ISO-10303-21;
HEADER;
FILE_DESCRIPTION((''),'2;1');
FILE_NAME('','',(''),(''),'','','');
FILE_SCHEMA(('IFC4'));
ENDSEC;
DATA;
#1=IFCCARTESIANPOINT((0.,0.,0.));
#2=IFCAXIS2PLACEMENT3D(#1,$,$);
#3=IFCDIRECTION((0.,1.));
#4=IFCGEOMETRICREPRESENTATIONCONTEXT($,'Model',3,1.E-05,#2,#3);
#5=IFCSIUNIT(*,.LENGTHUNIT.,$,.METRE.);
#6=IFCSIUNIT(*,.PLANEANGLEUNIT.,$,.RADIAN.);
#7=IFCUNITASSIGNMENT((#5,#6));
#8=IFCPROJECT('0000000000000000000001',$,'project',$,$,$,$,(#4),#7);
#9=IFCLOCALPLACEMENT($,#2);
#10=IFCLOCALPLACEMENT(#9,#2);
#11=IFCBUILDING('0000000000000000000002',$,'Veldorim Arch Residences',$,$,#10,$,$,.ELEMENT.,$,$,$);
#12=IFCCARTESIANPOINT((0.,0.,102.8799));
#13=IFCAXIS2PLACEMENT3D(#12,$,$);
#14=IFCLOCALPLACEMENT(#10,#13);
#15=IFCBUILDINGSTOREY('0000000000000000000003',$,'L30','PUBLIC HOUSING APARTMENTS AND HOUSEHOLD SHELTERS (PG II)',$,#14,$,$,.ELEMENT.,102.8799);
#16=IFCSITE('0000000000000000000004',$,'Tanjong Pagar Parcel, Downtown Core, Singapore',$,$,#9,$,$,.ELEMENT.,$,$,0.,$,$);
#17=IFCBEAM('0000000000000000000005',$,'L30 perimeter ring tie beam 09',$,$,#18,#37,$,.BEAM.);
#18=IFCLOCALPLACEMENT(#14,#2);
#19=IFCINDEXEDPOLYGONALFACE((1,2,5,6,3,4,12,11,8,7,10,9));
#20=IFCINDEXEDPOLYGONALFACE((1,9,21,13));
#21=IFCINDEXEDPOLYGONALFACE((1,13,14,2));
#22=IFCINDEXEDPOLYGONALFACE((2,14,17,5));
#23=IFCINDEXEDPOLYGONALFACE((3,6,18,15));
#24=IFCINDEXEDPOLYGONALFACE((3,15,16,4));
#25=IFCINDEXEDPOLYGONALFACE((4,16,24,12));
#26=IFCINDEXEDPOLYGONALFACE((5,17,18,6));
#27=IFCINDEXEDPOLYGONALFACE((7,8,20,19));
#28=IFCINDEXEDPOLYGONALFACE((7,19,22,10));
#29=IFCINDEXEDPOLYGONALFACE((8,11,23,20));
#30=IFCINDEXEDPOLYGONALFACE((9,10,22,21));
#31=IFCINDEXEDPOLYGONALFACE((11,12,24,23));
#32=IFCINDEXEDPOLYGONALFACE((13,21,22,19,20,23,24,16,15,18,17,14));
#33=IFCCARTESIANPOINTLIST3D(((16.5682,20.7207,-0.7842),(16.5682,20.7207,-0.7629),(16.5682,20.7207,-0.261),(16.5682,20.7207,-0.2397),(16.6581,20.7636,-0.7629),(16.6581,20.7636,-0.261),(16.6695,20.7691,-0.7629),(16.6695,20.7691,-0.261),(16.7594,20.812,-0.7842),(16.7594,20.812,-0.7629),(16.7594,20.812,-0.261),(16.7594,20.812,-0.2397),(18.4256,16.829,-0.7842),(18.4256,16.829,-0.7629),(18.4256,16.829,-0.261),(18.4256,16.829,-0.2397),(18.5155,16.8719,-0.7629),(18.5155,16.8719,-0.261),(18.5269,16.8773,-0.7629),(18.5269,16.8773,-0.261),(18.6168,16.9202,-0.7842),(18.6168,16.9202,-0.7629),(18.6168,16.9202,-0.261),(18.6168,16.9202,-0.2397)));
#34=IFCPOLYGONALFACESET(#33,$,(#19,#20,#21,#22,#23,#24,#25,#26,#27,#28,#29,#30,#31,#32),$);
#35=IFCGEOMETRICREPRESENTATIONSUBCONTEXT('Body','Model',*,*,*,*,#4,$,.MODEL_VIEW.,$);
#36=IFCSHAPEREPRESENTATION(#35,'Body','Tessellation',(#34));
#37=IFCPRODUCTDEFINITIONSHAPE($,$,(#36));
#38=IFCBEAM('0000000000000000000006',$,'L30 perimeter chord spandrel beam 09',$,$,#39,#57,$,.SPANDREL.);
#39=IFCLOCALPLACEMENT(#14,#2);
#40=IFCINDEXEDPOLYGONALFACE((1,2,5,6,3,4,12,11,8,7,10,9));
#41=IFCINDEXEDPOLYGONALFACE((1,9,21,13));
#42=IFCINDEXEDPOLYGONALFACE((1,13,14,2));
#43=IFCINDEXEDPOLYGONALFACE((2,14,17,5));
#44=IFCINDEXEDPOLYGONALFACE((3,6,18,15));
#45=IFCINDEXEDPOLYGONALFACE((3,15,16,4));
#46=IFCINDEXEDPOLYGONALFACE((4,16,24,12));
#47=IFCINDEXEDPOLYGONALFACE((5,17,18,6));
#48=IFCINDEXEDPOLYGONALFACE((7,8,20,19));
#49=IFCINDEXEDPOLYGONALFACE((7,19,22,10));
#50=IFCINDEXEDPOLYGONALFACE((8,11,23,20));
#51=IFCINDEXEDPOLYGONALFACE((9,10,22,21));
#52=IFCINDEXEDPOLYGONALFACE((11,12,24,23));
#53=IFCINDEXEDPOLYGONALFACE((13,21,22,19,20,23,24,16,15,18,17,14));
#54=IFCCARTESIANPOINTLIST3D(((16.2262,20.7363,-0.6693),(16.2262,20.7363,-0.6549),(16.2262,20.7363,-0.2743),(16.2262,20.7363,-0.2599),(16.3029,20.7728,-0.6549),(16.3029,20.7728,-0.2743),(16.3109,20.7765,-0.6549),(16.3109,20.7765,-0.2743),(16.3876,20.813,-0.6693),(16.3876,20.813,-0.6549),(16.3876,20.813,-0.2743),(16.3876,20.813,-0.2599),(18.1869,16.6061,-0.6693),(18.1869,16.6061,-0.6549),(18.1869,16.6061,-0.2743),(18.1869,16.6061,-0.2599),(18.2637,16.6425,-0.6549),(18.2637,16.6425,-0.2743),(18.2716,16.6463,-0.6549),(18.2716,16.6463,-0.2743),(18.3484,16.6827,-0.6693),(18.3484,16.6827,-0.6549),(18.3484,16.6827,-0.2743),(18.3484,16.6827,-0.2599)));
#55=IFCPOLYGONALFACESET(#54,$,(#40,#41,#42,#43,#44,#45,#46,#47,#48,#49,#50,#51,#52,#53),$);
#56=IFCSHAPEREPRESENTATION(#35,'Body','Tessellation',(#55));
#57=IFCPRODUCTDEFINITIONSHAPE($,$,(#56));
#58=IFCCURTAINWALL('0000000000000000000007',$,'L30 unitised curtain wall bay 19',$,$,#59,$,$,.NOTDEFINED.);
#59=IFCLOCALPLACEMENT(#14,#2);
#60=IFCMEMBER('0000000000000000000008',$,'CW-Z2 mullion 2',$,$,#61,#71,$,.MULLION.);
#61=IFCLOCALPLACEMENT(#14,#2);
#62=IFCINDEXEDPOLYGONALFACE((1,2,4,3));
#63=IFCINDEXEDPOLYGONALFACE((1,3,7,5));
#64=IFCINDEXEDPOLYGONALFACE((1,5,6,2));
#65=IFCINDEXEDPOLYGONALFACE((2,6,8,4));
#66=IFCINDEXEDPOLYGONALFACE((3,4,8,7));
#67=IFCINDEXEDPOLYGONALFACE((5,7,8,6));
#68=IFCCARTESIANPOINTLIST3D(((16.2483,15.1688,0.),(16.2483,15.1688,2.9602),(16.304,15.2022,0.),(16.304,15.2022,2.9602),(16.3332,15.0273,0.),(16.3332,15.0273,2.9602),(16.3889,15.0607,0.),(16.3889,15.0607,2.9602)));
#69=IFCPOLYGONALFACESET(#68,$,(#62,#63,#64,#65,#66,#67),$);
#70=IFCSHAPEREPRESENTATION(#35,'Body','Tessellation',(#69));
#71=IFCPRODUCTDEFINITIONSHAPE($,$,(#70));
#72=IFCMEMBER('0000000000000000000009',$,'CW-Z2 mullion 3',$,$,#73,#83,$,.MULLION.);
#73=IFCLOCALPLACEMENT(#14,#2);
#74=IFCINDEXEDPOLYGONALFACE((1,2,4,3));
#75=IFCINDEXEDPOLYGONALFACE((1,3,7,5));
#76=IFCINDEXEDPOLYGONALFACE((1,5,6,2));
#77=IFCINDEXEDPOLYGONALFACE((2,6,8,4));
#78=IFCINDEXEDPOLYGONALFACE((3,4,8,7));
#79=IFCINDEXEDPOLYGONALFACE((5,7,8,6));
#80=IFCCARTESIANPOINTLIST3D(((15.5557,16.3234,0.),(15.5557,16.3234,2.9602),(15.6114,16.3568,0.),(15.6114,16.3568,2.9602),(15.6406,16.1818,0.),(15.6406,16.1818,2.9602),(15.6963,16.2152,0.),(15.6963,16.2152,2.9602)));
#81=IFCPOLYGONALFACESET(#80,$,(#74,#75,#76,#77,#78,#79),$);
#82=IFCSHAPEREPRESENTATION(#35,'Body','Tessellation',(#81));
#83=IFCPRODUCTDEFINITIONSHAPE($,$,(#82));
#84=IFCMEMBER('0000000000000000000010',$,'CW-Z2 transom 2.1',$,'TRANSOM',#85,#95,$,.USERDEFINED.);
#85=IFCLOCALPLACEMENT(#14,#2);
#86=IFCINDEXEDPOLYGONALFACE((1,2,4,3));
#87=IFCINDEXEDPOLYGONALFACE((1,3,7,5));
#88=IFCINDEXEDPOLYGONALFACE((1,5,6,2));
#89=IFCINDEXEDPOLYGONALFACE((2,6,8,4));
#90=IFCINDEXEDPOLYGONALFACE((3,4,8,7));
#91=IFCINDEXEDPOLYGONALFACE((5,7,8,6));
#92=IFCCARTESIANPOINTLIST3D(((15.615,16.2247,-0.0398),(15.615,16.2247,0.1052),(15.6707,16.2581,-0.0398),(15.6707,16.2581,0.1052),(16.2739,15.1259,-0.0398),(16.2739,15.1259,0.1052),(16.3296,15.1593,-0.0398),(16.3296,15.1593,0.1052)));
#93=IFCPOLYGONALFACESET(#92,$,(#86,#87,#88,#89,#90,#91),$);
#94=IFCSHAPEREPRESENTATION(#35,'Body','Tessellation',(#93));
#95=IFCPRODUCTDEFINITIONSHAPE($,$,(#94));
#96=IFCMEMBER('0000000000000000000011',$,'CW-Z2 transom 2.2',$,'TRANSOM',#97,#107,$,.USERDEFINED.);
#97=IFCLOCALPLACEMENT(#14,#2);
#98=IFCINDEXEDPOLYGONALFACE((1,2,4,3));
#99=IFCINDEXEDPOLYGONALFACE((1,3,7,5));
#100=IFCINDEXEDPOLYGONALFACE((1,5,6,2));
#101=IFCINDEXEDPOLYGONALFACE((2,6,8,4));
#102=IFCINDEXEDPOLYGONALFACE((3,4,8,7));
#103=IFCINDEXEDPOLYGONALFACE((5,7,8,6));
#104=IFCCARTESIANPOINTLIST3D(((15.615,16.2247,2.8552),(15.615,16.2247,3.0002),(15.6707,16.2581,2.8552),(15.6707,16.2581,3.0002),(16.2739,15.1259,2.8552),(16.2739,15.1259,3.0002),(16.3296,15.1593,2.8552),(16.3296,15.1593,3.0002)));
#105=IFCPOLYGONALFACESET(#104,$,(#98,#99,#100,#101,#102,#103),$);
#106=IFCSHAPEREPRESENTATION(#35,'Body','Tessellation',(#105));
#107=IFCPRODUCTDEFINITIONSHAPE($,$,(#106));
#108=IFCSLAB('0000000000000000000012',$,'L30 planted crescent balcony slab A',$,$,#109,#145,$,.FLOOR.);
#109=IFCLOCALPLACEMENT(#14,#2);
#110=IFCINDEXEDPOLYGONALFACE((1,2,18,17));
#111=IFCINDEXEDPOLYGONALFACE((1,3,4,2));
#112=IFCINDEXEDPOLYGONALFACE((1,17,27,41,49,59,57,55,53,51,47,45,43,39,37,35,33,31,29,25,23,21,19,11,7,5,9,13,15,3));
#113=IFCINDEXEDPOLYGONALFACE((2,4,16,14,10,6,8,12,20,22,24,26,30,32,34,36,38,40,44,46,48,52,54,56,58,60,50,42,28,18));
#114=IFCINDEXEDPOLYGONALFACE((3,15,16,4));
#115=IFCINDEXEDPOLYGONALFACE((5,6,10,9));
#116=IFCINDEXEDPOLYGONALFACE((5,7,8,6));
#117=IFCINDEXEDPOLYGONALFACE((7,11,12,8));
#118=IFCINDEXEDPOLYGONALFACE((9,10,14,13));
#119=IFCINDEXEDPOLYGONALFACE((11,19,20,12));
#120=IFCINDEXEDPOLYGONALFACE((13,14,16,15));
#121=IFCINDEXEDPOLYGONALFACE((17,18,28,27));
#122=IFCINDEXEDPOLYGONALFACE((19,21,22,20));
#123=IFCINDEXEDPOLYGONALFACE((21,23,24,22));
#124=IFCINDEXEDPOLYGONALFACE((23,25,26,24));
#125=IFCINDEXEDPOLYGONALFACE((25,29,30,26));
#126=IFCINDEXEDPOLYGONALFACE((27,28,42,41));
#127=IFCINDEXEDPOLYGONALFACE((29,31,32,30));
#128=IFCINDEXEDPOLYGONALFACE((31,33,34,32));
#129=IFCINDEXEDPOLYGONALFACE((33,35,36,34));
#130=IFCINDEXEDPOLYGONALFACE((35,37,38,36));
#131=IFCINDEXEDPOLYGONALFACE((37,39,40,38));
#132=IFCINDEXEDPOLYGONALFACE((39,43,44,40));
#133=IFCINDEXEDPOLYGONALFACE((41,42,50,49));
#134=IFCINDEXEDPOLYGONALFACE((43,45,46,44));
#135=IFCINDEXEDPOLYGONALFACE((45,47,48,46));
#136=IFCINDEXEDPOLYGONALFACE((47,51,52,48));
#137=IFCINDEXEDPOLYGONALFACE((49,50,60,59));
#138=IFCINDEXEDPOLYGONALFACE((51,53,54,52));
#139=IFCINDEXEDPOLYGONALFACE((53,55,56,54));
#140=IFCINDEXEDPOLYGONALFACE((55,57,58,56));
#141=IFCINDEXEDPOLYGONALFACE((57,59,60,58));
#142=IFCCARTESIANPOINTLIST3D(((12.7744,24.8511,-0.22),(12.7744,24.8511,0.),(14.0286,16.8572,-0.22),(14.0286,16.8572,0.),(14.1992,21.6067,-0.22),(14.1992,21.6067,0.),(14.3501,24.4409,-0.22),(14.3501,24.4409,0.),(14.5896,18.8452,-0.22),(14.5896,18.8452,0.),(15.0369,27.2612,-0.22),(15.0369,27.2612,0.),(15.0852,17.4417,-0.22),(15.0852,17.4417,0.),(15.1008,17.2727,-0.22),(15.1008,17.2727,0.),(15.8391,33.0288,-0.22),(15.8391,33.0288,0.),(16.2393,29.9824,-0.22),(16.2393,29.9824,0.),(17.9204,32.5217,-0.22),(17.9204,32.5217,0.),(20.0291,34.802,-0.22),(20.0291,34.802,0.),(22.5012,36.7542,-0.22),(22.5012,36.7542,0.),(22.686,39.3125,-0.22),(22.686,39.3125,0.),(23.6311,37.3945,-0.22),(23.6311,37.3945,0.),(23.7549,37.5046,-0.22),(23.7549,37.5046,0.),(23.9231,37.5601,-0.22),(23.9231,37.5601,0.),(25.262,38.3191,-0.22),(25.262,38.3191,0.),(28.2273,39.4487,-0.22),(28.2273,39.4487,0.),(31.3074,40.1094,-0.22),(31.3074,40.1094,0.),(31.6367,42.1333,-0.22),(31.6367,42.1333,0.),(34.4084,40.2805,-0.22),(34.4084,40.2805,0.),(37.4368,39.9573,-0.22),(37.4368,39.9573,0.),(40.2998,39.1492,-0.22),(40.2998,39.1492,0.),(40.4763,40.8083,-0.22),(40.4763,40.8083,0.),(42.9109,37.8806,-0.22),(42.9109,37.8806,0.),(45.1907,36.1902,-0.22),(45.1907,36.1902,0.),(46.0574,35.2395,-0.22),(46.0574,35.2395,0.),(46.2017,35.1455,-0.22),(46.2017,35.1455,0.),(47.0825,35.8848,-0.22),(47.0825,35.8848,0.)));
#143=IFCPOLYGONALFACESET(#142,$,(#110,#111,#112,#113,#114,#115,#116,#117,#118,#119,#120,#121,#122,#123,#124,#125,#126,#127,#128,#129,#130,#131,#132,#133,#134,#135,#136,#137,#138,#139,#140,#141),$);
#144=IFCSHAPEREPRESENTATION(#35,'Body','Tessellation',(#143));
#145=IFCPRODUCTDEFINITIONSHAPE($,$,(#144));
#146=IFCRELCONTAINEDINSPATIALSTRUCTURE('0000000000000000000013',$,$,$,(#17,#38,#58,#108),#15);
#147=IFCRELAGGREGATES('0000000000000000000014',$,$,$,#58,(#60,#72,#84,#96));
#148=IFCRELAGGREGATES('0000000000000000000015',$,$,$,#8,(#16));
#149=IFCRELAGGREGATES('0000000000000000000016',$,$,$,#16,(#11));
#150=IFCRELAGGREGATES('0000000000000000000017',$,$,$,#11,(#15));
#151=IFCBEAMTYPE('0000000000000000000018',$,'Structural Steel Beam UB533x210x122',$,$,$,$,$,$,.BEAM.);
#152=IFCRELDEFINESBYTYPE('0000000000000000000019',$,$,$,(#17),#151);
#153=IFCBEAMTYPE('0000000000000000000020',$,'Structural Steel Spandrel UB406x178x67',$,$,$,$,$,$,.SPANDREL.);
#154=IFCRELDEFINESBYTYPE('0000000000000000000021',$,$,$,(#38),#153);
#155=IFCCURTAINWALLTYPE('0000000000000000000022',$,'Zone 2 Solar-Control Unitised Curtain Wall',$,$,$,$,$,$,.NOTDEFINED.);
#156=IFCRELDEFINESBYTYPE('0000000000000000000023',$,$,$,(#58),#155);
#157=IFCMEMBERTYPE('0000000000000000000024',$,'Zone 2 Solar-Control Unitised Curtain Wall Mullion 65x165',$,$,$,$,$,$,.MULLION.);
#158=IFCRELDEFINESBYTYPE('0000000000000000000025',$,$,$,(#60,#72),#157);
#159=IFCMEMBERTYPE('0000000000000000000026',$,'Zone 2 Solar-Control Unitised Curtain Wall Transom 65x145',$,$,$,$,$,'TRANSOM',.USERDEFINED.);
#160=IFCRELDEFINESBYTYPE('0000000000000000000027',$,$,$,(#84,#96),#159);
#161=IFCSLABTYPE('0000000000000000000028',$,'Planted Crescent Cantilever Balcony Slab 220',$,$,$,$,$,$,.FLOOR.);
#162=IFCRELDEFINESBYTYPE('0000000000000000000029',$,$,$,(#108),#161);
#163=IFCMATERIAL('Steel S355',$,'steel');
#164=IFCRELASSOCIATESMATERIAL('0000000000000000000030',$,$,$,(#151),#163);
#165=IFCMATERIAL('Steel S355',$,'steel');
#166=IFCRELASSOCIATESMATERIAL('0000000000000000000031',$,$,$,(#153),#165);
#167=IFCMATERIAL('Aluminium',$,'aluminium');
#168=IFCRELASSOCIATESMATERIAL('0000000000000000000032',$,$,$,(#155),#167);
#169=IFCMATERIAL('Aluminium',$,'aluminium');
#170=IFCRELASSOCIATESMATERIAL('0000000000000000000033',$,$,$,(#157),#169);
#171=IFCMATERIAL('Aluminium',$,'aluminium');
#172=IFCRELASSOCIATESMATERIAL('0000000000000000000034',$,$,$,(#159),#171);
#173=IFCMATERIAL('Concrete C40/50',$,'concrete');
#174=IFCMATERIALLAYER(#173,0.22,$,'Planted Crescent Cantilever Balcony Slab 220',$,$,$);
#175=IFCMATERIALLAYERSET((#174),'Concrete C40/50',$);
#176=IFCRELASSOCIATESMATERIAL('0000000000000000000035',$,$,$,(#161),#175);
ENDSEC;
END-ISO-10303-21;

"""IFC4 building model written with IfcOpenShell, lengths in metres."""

from ifc_helpers import new_model, si_unit, direction, frame, origin, origin_2d, place, context, subcontext, project, spatial, polyline, rectangle, i_section, outline, extrude, material, layer, layer_set, material_profile, profile_set, type_object, element, aggregate, save


model = new_model("IFC4")

# Units and contexts
model_context = context("Model", 3, precision=1e-05, world=origin(), true_north=direction((0.0, 1.0)))
body_context = subcontext(model_context, "Body", "Model", "MODEL_VIEW")
ifc_project = project(units=[si_unit("LENGTHUNIT", "METRE"), si_unit("PLANEANGLEUNIT", "RADIAN")], contexts=[model_context])

# Site, building, storey
site_placement = place(None, origin())
site = spatial("IfcSite", under=ifc_project, at=site_placement, Name="Tanjong Pagar Parcel, Downtown Core, Singapore", CompositionType="ELEMENT", RefElevation=0.0)
building_placement = place(site_placement, origin())
building = spatial("IfcBuilding", under=site, at=building_placement, Name="Veldorim Arch Residences", CompositionType="ELEMENT")
storey_placement = place(building_placement, frame((0.0, 0.0, 102.8799)))
storey = spatial("IfcBuildingStorey", under=building, at=storey_placement, Name="L30", Description="PUBLIC HOUSING APARTMENTS AND HOUSEHOLD SHELTERS (PG II)", CompositionType="ELEMENT", Elevation=102.8799)

# Beams
ifc_material_1 = material(Name="Steel S355", Category="steel")
ifc_material_profile_1 = material_profile(ifc_material_1, i_section(OverallWidth=0.2119, OverallDepth=0.5444, WebThickness=0.0127, FlangeThickness=0.0212, at=origin_2d()), Name="UB533x210x122")
ifc_profile_set_1 = profile_set([ifc_material_profile_1], Name="Steel S355")
beam_type_1 = type_object("IfcBeamType", Name="Structural Steel Beam UB533x210x122", PredefinedType="BEAM", material=ifc_profile_set_1)
beam_1_placement = place(storey_placement, frame((16.6638, 20.7664, -0.512), z_axis=(0.43072, -0.902486, 0.0), x_axis=(0.902486, 0.43072, 0.0)))
element("IfcBeam", 1, at=beam_1_placement, inside=storey, type_object=beam_type_1, Name="L30 perimeter ring tie beam 09", PredefinedType="BEAM", context=body_context, shape_type="SweptSolid", body=[
    extrude(i_section(OverallWidth=0.2119, OverallDepth=0.5444, WebThickness=0.0127, FlangeThickness=0.0212, at=origin_2d()), origin(), (0.0, 0.0, 1.0), 4.3123),
])
ifc_material_2 = material(Name="Steel S355", Category="steel")
ifc_material_profile_2 = material_profile(ifc_material_2, i_section(OverallWidth=0.1787, OverallDepth=0.4094, WebThickness=0.0088, FlangeThickness=0.0144, at=origin_2d()), Name="UB406x178x67")
ifc_profile_set_2 = profile_set([ifc_material_profile_2], Name="Steel S355")
beam_type_2 = type_object("IfcBeamType", Name="Structural Steel Spandrel UB406x178x67", PredefinedType="SPANDREL", material=ifc_profile_set_2)
beam_2_placement = place(storey_placement, frame((16.3069, 20.7747, -0.4646), z_axis=(0.428857, -0.903372, 0.0), x_axis=(0.903372, 0.428857, 0.0)))
element("IfcBeam", 2, at=beam_2_placement, inside=storey, type_object=beam_type_2, Name="L30 perimeter chord spandrel beam 09", PredefinedType="SPANDREL", context=body_context, shape_type="SweptSolid", body=[
    extrude(i_section(OverallWidth=0.1787, OverallDepth=0.4094, WebThickness=0.0088, FlangeThickness=0.0144, at=origin_2d()), origin(), (0.0, 0.0, 1.0), 4.572),
])

# Curtain wall, members
ifc_material_3 = material(Name="Aluminium", Category="aluminium")
curtain_wall_type = type_object("IfcCurtainWallType", Name="Zone 2 Solar-Control Unitised Curtain Wall", PredefinedType="NOTDEFINED", material=ifc_material_3)
curtain_wall_placement = place(storey_placement, origin())
curtain_wall = element("IfcCurtainWall", 3, at=curtain_wall_placement, inside=storey, type_object=curtain_wall_type, Name="L30 unitised curtain wall bay 19", PredefinedType="NOTDEFINED")
ifc_material_4 = material(Name="Aluminium", Category="aluminium")
ifc_material_profile_3 = material_profile(ifc_material_4, rectangle(XDim=0.0649, YDim=0.165, at=origin_2d()), Name="ALU_MUL_65x165")
ifc_profile_set_3 = profile_set([ifc_material_profile_3], Name="Aluminium")
member_type_1 = type_object("IfcMemberType", Name="Zone 2 Solar-Control Unitised Curtain Wall Mullion 65x165", PredefinedType="MULLION", material=ifc_profile_set_3)
member_1_placement = place(storey_placement, frame((16.3186, 15.1147, 0.0), z_axis=(0.0, 0.0, 1.0), x_axis=(-0.85757, -0.514368, 0.0)))
member_1 = element("IfcMember", 4, at=member_1_placement, type_object=member_type_1, Name="CW-Z2 mullion 2", PredefinedType="MULLION", context=body_context, shape_type="SweptSolid", body=[
    extrude(rectangle(XDim=0.0649, YDim=0.165, at=origin_2d()), origin(), (0.0, 0.0, 1.0), 2.9602),
])
member_2_placement = place(storey_placement, frame((15.626, 16.2693, 0.0), z_axis=(0.0, 0.0, 1.0), x_axis=(-0.85757, -0.514368, 0.0)))
member_2 = element("IfcMember", 5, at=member_2_placement, type_object=member_type_1, Name="CW-Z2 mullion 3", PredefinedType="MULLION", context=body_context, shape_type="SweptSolid", body=[
    extrude(rectangle(XDim=0.0649, YDim=0.165, at=origin_2d()), origin(), (0.0, 0.0, 1.0), 2.9602),
])
ifc_material_5 = material(Name="Aluminium", Category="aluminium")
ifc_material_profile_4 = material_profile(ifc_material_5, rectangle(XDim=0.0649, YDim=0.145, at=origin_2d()), Name="ALU_TRN_65x145")
ifc_profile_set_4 = profile_set([ifc_material_profile_4], Name="Aluminium")
member_type_2 = type_object("IfcMemberType", Name="Zone 2 Solar-Control Unitised Curtain Wall Transom 65x145", ElementType="TRANSOM", PredefinedType="USERDEFINED", material=ifc_profile_set_4)
member_3_placement = place(storey_placement, frame((16.3018, 15.1426, 0.0327), z_axis=(-0.514272, 0.857627, 0.0), x_axis=(-0.857627, -0.514272, 0.0)))
member_3 = element("IfcMember", 6, at=member_3_placement, type_object=member_type_2, Name="CW-Z2 transom 2.1", ObjectType="TRANSOM", PredefinedType="USERDEFINED", context=body_context, shape_type="SweptSolid", body=[
    extrude(rectangle(XDim=0.0649, YDim=0.145, at=origin_2d()), origin(), (0.0, 0.0, 1.0), 1.2812),
])
member_4_placement = place(storey_placement, frame((16.3018, 15.1426, 2.9277), z_axis=(-0.514272, 0.857627, 0.0), x_axis=(-0.857627, -0.514272, 0.0)))
member_4 = element("IfcMember", 7, at=member_4_placement, type_object=member_type_2, Name="CW-Z2 transom 2.2", ObjectType="TRANSOM", PredefinedType="USERDEFINED", context=body_context, shape_type="SweptSolid", body=[
    extrude(rectangle(XDim=0.0649, YDim=0.145, at=origin_2d()), origin(), (0.0, 0.0, 1.0), 1.2812),
])

# Slab
ifc_material_6 = material(Name="Concrete C40/50", Category="concrete")
ifc_layer_1 = layer(ifc_material_6, 0.22, Name="Planted Crescent Cantilever Balcony Slab 220")
ifc_layer_set_1 = layer_set([ifc_layer_1], Name="Concrete C40/50")
slab_type_1 = type_object("IfcSlabType", Name="Planted Crescent Cantilever Balcony Slab 220", PredefinedType="FLOOR", material=ifc_layer_set_1)
slab_1_placement = place(storey_placement, frame((0.0, 0.0, -0.22)))
element("IfcSlab", 8, at=slab_1_placement, inside=storey, type_object=slab_type_1, Name="L30 planted crescent balcony slab A", PredefinedType="FLOOR", context=body_context, shape_type="SweptSolid", body=[
    extrude(outline(polyline([(46.0574, 35.2395), (45.1907, 36.1902), (42.9109, 37.8806), (40.2998, 39.1492), (37.4368, 39.9573), (34.4084, 40.2805), (31.3074, 40.1094), (28.2273, 39.4487), (25.262, 38.3191), (23.9231, 37.5601), (23.7549, 37.5046), (23.6311, 37.3945), (22.5012, 36.7542), (20.0291, 34.802), (17.9204, 32.5217), (16.2393, 29.9824), (15.0369, 27.2612), (14.3501, 24.4409), (14.1992, 21.6067), (14.5896, 18.8452), (15.0852, 17.4417), (15.1008, 17.2727), (14.0286, 16.8572), (12.7744, 24.8511), (15.8391, 33.0288), (22.686, 39.3125), (31.6367, 42.1333), (40.4763, 40.8083), (47.0825, 35.8848), (46.2017, 35.1455), (46.0574, 35.2395)])), origin(), (0.0, 0.0, 1.0), 0.22),
])

aggregate(curtain_wall, [member_1, member_2, member_3, member_4])

save(model, "model.ifc")
